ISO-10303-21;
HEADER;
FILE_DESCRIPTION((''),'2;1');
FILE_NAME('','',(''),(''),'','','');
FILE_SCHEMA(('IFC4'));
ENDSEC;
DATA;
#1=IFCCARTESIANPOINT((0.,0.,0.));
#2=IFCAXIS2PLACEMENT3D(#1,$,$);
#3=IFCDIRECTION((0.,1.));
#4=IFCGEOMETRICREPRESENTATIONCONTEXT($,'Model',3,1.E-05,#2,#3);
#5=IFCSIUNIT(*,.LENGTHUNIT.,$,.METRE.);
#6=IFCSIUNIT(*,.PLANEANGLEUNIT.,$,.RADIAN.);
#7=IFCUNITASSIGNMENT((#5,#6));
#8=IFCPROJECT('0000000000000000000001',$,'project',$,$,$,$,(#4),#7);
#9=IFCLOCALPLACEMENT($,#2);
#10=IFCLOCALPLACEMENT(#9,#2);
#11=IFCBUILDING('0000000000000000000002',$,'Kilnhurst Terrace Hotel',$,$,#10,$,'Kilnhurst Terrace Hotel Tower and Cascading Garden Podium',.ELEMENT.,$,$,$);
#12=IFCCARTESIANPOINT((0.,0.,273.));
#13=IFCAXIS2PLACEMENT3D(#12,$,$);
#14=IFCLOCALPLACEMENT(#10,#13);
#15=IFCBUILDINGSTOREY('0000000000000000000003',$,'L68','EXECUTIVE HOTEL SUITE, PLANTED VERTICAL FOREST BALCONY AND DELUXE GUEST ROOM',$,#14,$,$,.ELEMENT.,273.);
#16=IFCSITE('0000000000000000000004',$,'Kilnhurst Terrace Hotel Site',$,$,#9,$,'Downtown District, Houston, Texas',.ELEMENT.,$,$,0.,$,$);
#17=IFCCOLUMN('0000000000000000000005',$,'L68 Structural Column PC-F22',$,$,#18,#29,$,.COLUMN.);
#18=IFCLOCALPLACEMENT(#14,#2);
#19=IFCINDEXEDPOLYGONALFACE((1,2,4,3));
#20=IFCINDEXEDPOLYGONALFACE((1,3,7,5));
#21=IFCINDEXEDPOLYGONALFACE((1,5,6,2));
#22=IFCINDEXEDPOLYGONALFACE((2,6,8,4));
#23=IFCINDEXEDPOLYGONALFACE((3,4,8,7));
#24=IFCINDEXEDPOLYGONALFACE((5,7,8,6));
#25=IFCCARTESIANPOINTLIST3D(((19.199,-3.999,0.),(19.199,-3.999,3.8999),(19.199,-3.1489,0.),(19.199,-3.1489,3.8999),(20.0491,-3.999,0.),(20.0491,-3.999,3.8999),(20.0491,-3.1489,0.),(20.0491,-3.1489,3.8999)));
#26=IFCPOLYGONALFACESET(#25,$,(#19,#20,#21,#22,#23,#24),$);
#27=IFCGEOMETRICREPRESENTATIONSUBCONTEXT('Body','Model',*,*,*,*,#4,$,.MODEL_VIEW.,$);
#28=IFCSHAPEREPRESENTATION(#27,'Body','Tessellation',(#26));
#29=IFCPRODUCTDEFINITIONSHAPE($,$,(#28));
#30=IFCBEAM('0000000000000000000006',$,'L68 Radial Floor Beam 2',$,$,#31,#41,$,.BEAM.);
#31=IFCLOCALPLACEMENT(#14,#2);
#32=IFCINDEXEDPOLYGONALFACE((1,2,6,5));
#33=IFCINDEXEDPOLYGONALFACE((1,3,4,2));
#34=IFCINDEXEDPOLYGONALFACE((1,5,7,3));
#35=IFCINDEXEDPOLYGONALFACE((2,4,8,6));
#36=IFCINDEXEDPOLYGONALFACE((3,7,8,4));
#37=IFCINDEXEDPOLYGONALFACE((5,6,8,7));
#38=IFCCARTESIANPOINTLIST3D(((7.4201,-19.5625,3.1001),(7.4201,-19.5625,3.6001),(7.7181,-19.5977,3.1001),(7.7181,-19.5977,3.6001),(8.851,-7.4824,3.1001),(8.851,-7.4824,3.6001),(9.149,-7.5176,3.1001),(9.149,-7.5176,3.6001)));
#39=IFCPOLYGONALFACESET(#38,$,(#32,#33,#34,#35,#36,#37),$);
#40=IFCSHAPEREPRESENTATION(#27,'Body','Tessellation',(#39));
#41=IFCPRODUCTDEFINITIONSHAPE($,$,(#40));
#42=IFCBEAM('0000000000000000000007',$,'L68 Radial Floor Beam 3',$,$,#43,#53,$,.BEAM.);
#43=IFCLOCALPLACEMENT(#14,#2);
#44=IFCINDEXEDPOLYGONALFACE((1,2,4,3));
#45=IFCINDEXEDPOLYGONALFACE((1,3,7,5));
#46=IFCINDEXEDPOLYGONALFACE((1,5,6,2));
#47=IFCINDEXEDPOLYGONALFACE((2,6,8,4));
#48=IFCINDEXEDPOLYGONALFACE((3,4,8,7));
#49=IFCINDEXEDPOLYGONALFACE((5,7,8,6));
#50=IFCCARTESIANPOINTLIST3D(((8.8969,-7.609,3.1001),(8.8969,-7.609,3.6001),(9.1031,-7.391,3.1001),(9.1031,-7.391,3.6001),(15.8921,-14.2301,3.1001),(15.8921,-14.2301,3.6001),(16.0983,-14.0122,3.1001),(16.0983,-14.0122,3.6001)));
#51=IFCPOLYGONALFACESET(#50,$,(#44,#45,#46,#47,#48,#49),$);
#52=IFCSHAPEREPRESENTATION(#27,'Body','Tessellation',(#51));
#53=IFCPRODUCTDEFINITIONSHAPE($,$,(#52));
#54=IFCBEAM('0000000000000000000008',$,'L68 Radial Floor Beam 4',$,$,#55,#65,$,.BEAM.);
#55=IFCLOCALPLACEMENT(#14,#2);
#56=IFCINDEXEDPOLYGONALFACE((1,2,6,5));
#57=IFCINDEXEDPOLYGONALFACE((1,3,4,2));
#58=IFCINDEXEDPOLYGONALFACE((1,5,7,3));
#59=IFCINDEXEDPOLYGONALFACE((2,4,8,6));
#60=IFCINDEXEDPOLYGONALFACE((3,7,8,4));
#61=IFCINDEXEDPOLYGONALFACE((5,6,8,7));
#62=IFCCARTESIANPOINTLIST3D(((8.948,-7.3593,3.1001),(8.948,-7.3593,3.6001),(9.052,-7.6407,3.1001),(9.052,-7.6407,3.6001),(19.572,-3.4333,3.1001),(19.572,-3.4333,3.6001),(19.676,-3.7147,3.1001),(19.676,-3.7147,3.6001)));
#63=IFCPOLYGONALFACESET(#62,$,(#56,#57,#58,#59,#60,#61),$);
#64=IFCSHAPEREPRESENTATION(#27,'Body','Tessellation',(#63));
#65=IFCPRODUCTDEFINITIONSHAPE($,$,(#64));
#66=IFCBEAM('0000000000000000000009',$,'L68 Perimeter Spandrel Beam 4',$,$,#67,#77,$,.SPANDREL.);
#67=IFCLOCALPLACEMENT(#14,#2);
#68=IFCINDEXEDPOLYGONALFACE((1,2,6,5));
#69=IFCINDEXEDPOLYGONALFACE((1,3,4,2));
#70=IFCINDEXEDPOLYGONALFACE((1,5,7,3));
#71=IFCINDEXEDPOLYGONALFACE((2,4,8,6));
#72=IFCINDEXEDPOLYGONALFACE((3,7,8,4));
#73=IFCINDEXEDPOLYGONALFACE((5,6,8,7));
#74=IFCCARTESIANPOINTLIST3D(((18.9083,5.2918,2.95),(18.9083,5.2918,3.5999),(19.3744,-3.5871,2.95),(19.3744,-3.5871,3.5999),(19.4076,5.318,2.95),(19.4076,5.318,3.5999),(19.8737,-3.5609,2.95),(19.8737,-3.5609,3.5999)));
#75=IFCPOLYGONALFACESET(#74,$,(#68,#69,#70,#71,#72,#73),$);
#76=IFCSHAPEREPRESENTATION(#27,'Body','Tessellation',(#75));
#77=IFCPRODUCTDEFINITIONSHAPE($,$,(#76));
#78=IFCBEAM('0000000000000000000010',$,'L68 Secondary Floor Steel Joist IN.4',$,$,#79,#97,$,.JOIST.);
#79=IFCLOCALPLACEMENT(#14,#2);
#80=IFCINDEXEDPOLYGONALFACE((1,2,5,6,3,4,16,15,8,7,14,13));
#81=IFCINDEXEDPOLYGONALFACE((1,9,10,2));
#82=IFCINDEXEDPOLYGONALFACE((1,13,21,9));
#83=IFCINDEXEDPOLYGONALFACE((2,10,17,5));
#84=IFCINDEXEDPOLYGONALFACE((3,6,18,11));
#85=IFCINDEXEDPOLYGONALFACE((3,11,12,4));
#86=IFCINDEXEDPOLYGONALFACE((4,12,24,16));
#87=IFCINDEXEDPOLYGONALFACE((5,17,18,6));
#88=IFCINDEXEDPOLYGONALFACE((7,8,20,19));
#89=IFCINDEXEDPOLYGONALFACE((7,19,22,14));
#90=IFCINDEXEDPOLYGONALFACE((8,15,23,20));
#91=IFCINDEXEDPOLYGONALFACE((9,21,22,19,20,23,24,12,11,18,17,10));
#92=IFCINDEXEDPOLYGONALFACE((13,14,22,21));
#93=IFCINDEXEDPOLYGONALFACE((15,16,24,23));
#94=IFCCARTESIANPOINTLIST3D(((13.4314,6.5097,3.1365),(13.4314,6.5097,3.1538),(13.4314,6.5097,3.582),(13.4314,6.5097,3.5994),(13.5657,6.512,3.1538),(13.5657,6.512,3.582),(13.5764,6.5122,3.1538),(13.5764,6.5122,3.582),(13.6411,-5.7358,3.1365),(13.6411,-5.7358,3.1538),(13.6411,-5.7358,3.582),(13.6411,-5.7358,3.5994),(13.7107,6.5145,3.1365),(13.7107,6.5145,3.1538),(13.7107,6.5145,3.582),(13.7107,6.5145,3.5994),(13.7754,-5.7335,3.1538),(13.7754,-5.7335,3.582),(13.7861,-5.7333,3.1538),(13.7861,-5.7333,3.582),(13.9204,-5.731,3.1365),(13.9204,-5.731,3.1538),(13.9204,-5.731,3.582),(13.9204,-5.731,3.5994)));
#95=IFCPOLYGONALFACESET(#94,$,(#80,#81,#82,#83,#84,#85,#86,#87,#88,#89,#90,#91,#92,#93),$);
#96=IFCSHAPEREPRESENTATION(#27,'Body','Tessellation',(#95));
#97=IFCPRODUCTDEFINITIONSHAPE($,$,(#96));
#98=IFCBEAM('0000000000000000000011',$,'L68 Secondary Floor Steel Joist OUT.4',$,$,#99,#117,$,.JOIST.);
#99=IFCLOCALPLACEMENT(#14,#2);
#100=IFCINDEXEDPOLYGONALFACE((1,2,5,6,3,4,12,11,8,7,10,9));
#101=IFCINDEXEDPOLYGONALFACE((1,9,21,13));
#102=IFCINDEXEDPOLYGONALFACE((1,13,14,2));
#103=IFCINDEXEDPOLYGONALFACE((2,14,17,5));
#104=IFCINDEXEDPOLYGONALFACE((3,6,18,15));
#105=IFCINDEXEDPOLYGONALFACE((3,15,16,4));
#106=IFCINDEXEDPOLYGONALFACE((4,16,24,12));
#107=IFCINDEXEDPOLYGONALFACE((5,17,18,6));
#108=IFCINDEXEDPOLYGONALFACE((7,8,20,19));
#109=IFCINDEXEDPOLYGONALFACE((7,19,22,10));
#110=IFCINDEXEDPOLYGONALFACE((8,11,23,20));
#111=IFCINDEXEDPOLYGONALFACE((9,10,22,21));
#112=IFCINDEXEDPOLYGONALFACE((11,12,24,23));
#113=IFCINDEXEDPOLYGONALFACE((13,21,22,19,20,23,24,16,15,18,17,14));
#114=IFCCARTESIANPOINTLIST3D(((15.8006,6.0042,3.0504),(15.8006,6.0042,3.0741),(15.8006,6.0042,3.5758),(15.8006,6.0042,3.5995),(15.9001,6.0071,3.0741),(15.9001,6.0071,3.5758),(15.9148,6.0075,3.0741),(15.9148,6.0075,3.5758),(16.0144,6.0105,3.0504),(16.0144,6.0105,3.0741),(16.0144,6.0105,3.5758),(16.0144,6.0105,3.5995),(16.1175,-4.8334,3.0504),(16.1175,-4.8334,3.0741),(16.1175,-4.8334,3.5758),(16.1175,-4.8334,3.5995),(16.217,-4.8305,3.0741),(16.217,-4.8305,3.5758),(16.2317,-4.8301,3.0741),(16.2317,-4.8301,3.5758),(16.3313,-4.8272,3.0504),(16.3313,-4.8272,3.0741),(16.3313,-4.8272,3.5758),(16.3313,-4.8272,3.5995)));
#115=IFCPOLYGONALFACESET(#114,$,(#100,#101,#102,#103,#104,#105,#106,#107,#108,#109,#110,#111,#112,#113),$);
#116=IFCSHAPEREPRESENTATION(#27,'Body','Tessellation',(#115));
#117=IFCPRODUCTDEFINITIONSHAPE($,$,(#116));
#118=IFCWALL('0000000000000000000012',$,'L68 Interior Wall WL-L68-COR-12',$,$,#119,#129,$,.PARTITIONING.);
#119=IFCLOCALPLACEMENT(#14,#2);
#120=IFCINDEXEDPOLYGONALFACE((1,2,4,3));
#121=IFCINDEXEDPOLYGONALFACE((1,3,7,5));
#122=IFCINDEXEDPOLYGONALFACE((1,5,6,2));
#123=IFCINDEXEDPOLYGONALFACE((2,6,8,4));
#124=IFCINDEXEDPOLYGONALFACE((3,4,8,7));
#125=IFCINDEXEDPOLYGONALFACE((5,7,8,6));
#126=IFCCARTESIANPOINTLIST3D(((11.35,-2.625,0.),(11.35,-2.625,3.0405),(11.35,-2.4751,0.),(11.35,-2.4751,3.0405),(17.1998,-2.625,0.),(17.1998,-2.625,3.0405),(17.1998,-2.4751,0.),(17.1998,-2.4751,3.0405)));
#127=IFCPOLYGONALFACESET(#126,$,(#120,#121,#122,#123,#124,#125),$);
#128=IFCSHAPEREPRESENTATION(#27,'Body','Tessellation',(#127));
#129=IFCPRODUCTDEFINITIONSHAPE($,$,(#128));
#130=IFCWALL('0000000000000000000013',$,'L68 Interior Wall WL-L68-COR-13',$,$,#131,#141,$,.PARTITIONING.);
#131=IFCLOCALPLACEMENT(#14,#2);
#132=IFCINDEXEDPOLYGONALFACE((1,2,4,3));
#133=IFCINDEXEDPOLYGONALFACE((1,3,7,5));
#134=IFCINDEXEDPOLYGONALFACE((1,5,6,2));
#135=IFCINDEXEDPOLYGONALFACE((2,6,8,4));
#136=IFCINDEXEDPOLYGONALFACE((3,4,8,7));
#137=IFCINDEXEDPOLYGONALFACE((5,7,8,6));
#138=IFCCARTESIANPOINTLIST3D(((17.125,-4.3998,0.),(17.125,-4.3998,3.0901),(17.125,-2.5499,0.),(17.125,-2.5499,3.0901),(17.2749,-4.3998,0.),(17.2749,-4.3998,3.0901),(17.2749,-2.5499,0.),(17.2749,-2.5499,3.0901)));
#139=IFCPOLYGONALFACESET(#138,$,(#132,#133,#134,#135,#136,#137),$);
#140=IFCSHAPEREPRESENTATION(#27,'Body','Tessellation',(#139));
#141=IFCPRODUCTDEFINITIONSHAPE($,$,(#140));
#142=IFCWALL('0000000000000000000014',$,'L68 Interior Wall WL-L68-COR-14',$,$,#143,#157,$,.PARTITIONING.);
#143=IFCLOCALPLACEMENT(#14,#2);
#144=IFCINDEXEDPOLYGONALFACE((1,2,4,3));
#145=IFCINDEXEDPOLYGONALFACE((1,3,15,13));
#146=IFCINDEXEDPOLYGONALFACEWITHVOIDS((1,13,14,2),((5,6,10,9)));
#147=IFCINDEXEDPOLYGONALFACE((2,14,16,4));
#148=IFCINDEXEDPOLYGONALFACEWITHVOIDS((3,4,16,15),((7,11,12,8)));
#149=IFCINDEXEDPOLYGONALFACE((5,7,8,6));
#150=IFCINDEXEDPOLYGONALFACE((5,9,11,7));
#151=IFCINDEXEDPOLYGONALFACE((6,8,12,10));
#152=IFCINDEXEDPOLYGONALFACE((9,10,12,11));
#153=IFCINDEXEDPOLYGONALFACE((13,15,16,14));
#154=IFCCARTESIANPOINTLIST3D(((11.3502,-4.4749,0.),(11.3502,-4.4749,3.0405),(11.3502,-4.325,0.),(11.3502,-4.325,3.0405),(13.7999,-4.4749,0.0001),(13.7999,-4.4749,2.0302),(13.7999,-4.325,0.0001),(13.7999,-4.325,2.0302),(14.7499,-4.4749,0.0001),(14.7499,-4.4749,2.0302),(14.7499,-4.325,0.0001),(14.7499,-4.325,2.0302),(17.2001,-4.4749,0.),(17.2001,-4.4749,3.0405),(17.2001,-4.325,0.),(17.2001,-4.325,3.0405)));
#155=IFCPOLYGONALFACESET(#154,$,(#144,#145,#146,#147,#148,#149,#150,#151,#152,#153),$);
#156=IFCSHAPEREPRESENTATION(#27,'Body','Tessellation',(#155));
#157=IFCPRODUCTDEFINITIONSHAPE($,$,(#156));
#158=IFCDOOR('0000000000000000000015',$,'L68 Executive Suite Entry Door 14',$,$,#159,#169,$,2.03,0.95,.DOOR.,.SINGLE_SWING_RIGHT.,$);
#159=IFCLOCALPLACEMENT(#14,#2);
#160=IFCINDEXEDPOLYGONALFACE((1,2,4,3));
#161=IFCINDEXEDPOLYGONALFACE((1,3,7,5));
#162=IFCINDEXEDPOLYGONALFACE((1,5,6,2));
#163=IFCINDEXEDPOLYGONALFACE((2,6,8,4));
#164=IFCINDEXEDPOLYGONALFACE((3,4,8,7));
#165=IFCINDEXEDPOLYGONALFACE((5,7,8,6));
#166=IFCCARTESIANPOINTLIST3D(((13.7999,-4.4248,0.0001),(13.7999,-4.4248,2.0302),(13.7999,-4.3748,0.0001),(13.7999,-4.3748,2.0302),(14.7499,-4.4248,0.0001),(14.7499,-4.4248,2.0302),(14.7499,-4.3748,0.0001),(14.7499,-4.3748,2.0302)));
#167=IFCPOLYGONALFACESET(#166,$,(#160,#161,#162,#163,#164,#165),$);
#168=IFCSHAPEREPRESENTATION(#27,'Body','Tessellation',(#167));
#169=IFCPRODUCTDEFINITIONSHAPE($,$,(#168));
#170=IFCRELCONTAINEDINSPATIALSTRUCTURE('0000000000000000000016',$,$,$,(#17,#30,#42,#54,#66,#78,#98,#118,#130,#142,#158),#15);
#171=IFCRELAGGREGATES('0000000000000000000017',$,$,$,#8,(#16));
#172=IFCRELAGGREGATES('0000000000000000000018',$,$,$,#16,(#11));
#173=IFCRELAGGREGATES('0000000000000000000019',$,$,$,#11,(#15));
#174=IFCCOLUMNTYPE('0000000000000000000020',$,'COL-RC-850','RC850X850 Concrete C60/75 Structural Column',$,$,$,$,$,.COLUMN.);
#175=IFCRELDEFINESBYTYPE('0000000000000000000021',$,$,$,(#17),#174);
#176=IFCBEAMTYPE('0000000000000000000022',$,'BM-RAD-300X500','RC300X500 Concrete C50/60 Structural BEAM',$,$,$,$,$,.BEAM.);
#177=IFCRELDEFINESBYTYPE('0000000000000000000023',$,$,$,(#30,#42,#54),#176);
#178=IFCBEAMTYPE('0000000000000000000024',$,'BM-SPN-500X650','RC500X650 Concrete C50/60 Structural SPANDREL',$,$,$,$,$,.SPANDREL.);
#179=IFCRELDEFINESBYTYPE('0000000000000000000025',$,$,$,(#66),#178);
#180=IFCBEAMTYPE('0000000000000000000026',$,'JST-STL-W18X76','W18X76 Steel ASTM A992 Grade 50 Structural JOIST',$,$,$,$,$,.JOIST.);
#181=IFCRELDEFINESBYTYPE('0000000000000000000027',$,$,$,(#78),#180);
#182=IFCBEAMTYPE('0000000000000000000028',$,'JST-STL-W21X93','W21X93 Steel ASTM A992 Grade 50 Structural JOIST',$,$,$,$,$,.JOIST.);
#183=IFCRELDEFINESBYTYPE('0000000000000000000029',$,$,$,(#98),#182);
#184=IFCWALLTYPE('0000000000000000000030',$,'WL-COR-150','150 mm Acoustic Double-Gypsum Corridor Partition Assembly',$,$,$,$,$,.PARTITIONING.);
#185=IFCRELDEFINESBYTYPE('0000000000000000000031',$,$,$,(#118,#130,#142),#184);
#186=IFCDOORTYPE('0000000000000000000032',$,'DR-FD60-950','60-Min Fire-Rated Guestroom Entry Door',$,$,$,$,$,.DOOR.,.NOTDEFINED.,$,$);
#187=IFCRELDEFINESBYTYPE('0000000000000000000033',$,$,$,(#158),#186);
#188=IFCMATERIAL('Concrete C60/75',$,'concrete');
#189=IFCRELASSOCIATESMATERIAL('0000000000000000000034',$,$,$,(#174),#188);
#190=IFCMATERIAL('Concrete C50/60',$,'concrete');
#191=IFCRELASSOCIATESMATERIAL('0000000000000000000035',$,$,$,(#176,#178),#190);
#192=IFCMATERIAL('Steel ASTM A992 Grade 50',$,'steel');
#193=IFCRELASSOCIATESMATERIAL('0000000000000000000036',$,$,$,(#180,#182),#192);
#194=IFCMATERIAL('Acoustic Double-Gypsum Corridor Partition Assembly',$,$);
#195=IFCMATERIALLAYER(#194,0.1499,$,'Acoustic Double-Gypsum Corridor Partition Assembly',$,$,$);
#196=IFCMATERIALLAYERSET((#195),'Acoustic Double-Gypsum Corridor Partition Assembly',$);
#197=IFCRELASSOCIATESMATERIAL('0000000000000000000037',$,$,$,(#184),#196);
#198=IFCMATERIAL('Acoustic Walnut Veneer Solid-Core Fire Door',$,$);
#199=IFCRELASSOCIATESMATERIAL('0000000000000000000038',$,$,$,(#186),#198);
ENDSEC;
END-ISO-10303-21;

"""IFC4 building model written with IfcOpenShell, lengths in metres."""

from ifc_helpers import new_model, si_unit, direction, frame, frame_2d, origin, origin_2d, place, context, subcontext, project, spatial, rectangle, i_section, extrude, material, layer, layer_set, material_profile, profile_set, type_object, element, fill, save


model = new_model("IFC4")

# Units and contexts
model_context = context("Model", 3, precision=1e-05, world=origin(), true_north=direction((0.0, 1.0)))
body_context = subcontext(model_context, "Body", "Model", "MODEL_VIEW")
ifc_project = project(units=[si_unit("LENGTHUNIT", "METRE"), si_unit("PLANEANGLEUNIT", "RADIAN")], contexts=[model_context])

# Site, building, storey
site_placement = place(None, origin())
site = spatial("IfcSite", under=ifc_project, at=site_placement, Name="Kilnhurst Terrace Hotel Site", LongName="Downtown District, Houston, Texas", CompositionType="ELEMENT", RefElevation=0.0)
building_placement = place(site_placement, origin())
building = spatial("IfcBuilding", under=site, at=building_placement, Name="Kilnhurst Terrace Hotel", LongName="Kilnhurst Terrace Hotel Tower and Cascading Garden Podium", CompositionType="ELEMENT")
storey_placement = place(building_placement, frame((0.0, 0.0, 273.0)))
storey = spatial("IfcBuildingStorey", under=building, at=storey_placement, Name="L68", Description="EXECUTIVE HOTEL SUITE, PLANTED VERTICAL FOREST BALCONY AND DELUXE GUEST ROOM", CompositionType="ELEMENT", Elevation=273.0)

# Column
ifc_material_1 = material(Name="Concrete C60/75", Category="concrete")
ifc_material_profile_1 = material_profile(ifc_material_1, rectangle(XDim=0.8501, YDim=0.8501, at=origin_2d()), Name="RC850X850")
ifc_profile_set_1 = profile_set([ifc_material_profile_1], Name="Concrete C60/75")
column_type = type_object("IfcColumnType", Name="COL-RC-850", Description="RC850X850 Concrete C60/75 Structural Column", PredefinedType="COLUMN", material=ifc_profile_set_1)
column_placement = place(storey_placement, frame((19.624, -3.574, 0.0), z_axis=(0.0, 0.0, 1.0), x_axis=(1.0, 0.0, 0.0)))
element("IfcColumn", 1, at=column_placement, inside=storey, type_object=column_type, Name="L68 Structural Column PC-F22", PredefinedType="COLUMN", context=body_context, shape_type="SweptSolid", body=[
    extrude(rectangle(XDim=0.8501, YDim=0.8501, at=origin_2d()), origin(), (0.0, 0.0, 1.0), 3.8999),
])

# Beams
ifc_material_2 = material(Name="Concrete C50/60", Category="concrete")
ifc_material_profile_2 = material_profile(ifc_material_2, rectangle(XDim=0.3, YDim=0.5, at=origin_2d()), Name="RC300X500")
ifc_profile_set_2 = profile_set([ifc_material_profile_2], Name="Concrete C50/60")
beam_type_1 = type_object("IfcBeamType", Name="BM-RAD-300X500", Description="RC300X500 Concrete C50/60 Structural BEAM", PredefinedType="BEAM", material=ifc_profile_set_2)
beam_1_placement = place(storey_placement, frame((9.0, -7.5, 3.3501), z_axis=(-0.11763, -0.993058, 0.0), x_axis=(0.993058, -0.11763, 0.0)))
element("IfcBeam", 2, at=beam_1_placement, inside=storey, type_object=beam_type_1, Name="L68 Radial Floor Beam 2", PredefinedType="BEAM", context=body_context, shape_type="SweptSolid", body=[
    extrude(rectangle(XDim=0.3, YDim=0.5, at=origin_2d()), origin(), (0.0, 0.0, 1.0), 12.1646),
])
beam_2_placement = place(storey_placement, frame((9.0, -7.5, 3.3501), z_axis=(0.726256, -0.687424, 0.0), x_axis=(0.687424, 0.726256, 0.0)))
element("IfcBeam", 3, at=beam_2_placement, inside=storey, type_object=beam_type_1, Name="L68 Radial Floor Beam 3", PredefinedType="BEAM", context=body_context, shape_type="SweptSolid", body=[
    extrude(rectangle(XDim=0.3, YDim=0.5, at=origin_2d()), origin(), (0.0, 0.0, 1.0), 9.6318),
])
beam_3_placement = place(storey_placement, frame((9.0, -7.5, 3.3501), z_axis=(0.938002, 0.346631, 0.0), x_axis=(-0.346631, 0.938002, 0.0)))
element("IfcBeam", 4, at=beam_3_placement, inside=storey, type_object=beam_type_1, Name="L68 Radial Floor Beam 4", PredefinedType="BEAM", context=body_context, shape_type="SweptSolid", body=[
    extrude(rectangle(XDim=0.3, YDim=0.5, at=origin_2d()), origin(), (0.0, 0.0, 1.0), 11.3262),
])
ifc_material_profile_3 = material_profile(ifc_material_2, rectangle(XDim=0.5, YDim=0.6499, at=origin_2d()), Name="RC500X650")
ifc_profile_set_3 = profile_set([ifc_material_profile_3], Name="Concrete C50/60")
beam_type_2 = type_object("IfcBeamType", Name="BM-SPN-500X650", Description="RC500X650 Concrete C50/60 Structural SPANDREL", PredefinedType="SPANDREL", material=ifc_profile_set_3)
beam_4_placement = place(storey_placement, frame((19.624, -3.574, 3.2749), z_axis=(-0.052419, 0.998625, 0.0), x_axis=(-0.998625, -0.052419, 0.0)))
element("IfcBeam", 5, at=beam_4_placement, inside=storey, type_object=beam_type_2, Name="L68 Perimeter Spandrel Beam 4", PredefinedType="SPANDREL", context=body_context, shape_type="SweptSolid", body=[
    extrude(rectangle(XDim=0.5, YDim=0.6499, at=origin_2d()), origin(), (0.0, 0.0, 1.0), 8.8911),
])
ifc_material_3 = material(Name="Steel ASTM A992 Grade 50", Category="steel")
ifc_material_profile_4 = material_profile(ifc_material_3, i_section(OverallWidth=0.2793, OverallDepth=0.4629, WebThickness=0.0107, FlangeThickness=0.0173, at=origin_2d()), Name="W18X76")
ifc_profile_set_4 = profile_set([ifc_material_profile_4], Name="Steel ASTM A992 Grade 50")
beam_type_3 = type_object("IfcBeamType", Name="JST-STL-W18X76", Description="W18X76 Steel ASTM A992 Grade 50 Structural JOIST", PredefinedType="JOIST", material=ifc_profile_set_4)
beam_5_placement = place(storey_placement, frame((13.7808, -5.7334, 3.3679), z_axis=(-0.017123, 0.999853, 0.0), x_axis=(-0.999853, -0.017123, 0.0)))
element("IfcBeam", 6, at=beam_5_placement, inside=storey, type_object=beam_type_3, Name="L68 Secondary Floor Steel Joist IN.4", PredefinedType="JOIST", context=body_context, shape_type="SweptSolid", body=[
    extrude(i_section(OverallWidth=0.2793, OverallDepth=0.4629, WebThickness=0.0107, FlangeThickness=0.0173, at=origin_2d()), origin(), (0.0, 0.0, 1.0), 12.2473),
])
ifc_material_profile_5 = material_profile(ifc_material_3, i_section(OverallWidth=0.2139, OverallDepth=0.5491, WebThickness=0.0146, FlangeThickness=0.0237, at=origin_2d()), Name="W21X93")
ifc_profile_set_5 = profile_set([ifc_material_profile_5], Name="Steel ASTM A992 Grade 50")
beam_type_4 = type_object("IfcBeamType", Name="JST-STL-W21X93", Description="W21X93 Steel ASTM A992 Grade 50 Structural JOIST", PredefinedType="JOIST", material=ifc_profile_set_5)
beam_6_placement = place(storey_placement, frame((16.2244, -4.8303, 3.325), z_axis=(-0.029228, 0.999573, 0.0), x_axis=(-0.999573, -0.029228, 0.0)))
element("IfcBeam", 7, at=beam_6_placement, inside=storey, type_object=beam_type_4, Name="L68 Secondary Floor Steel Joist OUT.4", PredefinedType="JOIST", context=body_context, shape_type="SweptSolid", body=[
    extrude(i_section(OverallWidth=0.2139, OverallDepth=0.5491, WebThickness=0.0146, FlangeThickness=0.0237, at=origin_2d()), origin(), (0.0, 0.0, 1.0), 10.8423),
])

# Walls
ifc_material_4 = material(Name="Acoustic Double-Gypsum Corridor Partition Assembly")
ifc_layer_1 = layer(ifc_material_4, 0.1499, Name="Acoustic Double-Gypsum Corridor Partition Assembly")
ifc_layer_set_1 = layer_set([ifc_layer_1], Name="Acoustic Double-Gypsum Corridor Partition Assembly")
wall_type_1 = type_object("IfcWallType", Name="WL-COR-150", Description="150 mm Acoustic Double-Gypsum Corridor Partition Assembly", PredefinedType="PARTITIONING", material=ifc_layer_set_1)
wall_1_placement = place(storey_placement, frame((11.3501, -2.55, 0.0), z_axis=(0.0, 0.0, 1.0), x_axis=(1.0, 0.0, 0.0)))
element("IfcWall", 8, at=wall_1_placement, inside=storey, type_object=wall_type_1, Name="L68 Interior Wall WL-L68-COR-12", PredefinedType="PARTITIONING", context=body_context, shape_type="SweptSolid", body=[
    extrude(rectangle(XDim=5.8499, YDim=0.1499, at=frame_2d((2.9248, 0.0))), origin(), (0.0, 0.0, 1.0), 3.0405),
])
wall_2_placement = place(storey_placement, frame((17.2, -2.55, 0.0), z_axis=(0.0, 0.0, 1.0), x_axis=(0.0, -1.0, 0.0)))
element("IfcWall", 9, at=wall_2_placement, inside=storey, type_object=wall_type_1, Name="L68 Interior Wall WL-L68-COR-13", PredefinedType="PARTITIONING", context=body_context, shape_type="SweptSolid", body=[
    extrude(rectangle(XDim=1.8499, YDim=0.1499, at=frame_2d((0.9248, 0.0))), origin(), (0.0, 0.0, 1.0), 3.0901),
])

# Wall, opening, door
wall_3_placement = place(storey_placement, frame((17.2, -4.3999, 0.0), z_axis=(0.0, 0.0, 1.0), x_axis=(-1.0, 0.0, 0.0)))
wall_3 = element("IfcWall", 10, at=wall_3_placement, inside=storey, type_object=wall_type_1, Name="L68 Interior Wall WL-L68-COR-14", PredefinedType="PARTITIONING", context=body_context, shape_type="SweptSolid", body=[
    extrude(rectangle(XDim=5.8499, YDim=0.1499, at=frame_2d((2.9248, 0.0))), origin(), (0.0, 0.0, 1.0), 3.0405),
])
opening_1_placement = place(wall_3_placement, frame((2.45, 0.0, 0.0)))
opening_1 = element("IfcOpeningElement", 11, at=opening_1_placement, cuts=wall_3, PredefinedType="OPENING", context=body_context, shape_type="SweptSolid", body=[
    extrude(rectangle(XDim=0.95, YDim=2.03, at=frame_2d((0.4751, 1.0151))), frame((0.0, 0.085, 0.0), z_axis=(0.0, -1.0, 0.0), x_axis=(1.0, 0.0, 0.0)), (0.0, 0.0, 1.0), 0.1699),
])
ifc_material_5 = material(Name="Acoustic Walnut Veneer Solid-Core Fire Door")
door_type_1 = type_object("IfcDoorType", Name="DR-FD60-950", Description="60-Min Fire-Rated Guestroom Entry Door", OperationType="NOTDEFINED", PredefinedType="DOOR", material=ifc_material_5)
door_1_placement = place(opening_1_placement, origin())
door_1 = element("IfcDoor", 12, at=door_1_placement, inside=storey, type_object=door_type_1, Name="L68 Executive Suite Entry Door 14", OperationType="SINGLE_SWING_RIGHT", OverallHeight=2.03, OverallWidth=0.95, PredefinedType="DOOR", context=body_context, shape_type="SweptSolid", body=[
    extrude(rectangle(XDim=0.95, YDim=2.03, at=frame_2d((0.4751, 1.0151))), frame((0.0, 0.0249, 0.0), z_axis=(0.0, -1.0, 0.0), x_axis=(1.0, 0.0, 0.0)), (0.0, 0.0, 1.0), 0.05),
])
fill(opening_1, door_1)

save(model, "model.ifc")
